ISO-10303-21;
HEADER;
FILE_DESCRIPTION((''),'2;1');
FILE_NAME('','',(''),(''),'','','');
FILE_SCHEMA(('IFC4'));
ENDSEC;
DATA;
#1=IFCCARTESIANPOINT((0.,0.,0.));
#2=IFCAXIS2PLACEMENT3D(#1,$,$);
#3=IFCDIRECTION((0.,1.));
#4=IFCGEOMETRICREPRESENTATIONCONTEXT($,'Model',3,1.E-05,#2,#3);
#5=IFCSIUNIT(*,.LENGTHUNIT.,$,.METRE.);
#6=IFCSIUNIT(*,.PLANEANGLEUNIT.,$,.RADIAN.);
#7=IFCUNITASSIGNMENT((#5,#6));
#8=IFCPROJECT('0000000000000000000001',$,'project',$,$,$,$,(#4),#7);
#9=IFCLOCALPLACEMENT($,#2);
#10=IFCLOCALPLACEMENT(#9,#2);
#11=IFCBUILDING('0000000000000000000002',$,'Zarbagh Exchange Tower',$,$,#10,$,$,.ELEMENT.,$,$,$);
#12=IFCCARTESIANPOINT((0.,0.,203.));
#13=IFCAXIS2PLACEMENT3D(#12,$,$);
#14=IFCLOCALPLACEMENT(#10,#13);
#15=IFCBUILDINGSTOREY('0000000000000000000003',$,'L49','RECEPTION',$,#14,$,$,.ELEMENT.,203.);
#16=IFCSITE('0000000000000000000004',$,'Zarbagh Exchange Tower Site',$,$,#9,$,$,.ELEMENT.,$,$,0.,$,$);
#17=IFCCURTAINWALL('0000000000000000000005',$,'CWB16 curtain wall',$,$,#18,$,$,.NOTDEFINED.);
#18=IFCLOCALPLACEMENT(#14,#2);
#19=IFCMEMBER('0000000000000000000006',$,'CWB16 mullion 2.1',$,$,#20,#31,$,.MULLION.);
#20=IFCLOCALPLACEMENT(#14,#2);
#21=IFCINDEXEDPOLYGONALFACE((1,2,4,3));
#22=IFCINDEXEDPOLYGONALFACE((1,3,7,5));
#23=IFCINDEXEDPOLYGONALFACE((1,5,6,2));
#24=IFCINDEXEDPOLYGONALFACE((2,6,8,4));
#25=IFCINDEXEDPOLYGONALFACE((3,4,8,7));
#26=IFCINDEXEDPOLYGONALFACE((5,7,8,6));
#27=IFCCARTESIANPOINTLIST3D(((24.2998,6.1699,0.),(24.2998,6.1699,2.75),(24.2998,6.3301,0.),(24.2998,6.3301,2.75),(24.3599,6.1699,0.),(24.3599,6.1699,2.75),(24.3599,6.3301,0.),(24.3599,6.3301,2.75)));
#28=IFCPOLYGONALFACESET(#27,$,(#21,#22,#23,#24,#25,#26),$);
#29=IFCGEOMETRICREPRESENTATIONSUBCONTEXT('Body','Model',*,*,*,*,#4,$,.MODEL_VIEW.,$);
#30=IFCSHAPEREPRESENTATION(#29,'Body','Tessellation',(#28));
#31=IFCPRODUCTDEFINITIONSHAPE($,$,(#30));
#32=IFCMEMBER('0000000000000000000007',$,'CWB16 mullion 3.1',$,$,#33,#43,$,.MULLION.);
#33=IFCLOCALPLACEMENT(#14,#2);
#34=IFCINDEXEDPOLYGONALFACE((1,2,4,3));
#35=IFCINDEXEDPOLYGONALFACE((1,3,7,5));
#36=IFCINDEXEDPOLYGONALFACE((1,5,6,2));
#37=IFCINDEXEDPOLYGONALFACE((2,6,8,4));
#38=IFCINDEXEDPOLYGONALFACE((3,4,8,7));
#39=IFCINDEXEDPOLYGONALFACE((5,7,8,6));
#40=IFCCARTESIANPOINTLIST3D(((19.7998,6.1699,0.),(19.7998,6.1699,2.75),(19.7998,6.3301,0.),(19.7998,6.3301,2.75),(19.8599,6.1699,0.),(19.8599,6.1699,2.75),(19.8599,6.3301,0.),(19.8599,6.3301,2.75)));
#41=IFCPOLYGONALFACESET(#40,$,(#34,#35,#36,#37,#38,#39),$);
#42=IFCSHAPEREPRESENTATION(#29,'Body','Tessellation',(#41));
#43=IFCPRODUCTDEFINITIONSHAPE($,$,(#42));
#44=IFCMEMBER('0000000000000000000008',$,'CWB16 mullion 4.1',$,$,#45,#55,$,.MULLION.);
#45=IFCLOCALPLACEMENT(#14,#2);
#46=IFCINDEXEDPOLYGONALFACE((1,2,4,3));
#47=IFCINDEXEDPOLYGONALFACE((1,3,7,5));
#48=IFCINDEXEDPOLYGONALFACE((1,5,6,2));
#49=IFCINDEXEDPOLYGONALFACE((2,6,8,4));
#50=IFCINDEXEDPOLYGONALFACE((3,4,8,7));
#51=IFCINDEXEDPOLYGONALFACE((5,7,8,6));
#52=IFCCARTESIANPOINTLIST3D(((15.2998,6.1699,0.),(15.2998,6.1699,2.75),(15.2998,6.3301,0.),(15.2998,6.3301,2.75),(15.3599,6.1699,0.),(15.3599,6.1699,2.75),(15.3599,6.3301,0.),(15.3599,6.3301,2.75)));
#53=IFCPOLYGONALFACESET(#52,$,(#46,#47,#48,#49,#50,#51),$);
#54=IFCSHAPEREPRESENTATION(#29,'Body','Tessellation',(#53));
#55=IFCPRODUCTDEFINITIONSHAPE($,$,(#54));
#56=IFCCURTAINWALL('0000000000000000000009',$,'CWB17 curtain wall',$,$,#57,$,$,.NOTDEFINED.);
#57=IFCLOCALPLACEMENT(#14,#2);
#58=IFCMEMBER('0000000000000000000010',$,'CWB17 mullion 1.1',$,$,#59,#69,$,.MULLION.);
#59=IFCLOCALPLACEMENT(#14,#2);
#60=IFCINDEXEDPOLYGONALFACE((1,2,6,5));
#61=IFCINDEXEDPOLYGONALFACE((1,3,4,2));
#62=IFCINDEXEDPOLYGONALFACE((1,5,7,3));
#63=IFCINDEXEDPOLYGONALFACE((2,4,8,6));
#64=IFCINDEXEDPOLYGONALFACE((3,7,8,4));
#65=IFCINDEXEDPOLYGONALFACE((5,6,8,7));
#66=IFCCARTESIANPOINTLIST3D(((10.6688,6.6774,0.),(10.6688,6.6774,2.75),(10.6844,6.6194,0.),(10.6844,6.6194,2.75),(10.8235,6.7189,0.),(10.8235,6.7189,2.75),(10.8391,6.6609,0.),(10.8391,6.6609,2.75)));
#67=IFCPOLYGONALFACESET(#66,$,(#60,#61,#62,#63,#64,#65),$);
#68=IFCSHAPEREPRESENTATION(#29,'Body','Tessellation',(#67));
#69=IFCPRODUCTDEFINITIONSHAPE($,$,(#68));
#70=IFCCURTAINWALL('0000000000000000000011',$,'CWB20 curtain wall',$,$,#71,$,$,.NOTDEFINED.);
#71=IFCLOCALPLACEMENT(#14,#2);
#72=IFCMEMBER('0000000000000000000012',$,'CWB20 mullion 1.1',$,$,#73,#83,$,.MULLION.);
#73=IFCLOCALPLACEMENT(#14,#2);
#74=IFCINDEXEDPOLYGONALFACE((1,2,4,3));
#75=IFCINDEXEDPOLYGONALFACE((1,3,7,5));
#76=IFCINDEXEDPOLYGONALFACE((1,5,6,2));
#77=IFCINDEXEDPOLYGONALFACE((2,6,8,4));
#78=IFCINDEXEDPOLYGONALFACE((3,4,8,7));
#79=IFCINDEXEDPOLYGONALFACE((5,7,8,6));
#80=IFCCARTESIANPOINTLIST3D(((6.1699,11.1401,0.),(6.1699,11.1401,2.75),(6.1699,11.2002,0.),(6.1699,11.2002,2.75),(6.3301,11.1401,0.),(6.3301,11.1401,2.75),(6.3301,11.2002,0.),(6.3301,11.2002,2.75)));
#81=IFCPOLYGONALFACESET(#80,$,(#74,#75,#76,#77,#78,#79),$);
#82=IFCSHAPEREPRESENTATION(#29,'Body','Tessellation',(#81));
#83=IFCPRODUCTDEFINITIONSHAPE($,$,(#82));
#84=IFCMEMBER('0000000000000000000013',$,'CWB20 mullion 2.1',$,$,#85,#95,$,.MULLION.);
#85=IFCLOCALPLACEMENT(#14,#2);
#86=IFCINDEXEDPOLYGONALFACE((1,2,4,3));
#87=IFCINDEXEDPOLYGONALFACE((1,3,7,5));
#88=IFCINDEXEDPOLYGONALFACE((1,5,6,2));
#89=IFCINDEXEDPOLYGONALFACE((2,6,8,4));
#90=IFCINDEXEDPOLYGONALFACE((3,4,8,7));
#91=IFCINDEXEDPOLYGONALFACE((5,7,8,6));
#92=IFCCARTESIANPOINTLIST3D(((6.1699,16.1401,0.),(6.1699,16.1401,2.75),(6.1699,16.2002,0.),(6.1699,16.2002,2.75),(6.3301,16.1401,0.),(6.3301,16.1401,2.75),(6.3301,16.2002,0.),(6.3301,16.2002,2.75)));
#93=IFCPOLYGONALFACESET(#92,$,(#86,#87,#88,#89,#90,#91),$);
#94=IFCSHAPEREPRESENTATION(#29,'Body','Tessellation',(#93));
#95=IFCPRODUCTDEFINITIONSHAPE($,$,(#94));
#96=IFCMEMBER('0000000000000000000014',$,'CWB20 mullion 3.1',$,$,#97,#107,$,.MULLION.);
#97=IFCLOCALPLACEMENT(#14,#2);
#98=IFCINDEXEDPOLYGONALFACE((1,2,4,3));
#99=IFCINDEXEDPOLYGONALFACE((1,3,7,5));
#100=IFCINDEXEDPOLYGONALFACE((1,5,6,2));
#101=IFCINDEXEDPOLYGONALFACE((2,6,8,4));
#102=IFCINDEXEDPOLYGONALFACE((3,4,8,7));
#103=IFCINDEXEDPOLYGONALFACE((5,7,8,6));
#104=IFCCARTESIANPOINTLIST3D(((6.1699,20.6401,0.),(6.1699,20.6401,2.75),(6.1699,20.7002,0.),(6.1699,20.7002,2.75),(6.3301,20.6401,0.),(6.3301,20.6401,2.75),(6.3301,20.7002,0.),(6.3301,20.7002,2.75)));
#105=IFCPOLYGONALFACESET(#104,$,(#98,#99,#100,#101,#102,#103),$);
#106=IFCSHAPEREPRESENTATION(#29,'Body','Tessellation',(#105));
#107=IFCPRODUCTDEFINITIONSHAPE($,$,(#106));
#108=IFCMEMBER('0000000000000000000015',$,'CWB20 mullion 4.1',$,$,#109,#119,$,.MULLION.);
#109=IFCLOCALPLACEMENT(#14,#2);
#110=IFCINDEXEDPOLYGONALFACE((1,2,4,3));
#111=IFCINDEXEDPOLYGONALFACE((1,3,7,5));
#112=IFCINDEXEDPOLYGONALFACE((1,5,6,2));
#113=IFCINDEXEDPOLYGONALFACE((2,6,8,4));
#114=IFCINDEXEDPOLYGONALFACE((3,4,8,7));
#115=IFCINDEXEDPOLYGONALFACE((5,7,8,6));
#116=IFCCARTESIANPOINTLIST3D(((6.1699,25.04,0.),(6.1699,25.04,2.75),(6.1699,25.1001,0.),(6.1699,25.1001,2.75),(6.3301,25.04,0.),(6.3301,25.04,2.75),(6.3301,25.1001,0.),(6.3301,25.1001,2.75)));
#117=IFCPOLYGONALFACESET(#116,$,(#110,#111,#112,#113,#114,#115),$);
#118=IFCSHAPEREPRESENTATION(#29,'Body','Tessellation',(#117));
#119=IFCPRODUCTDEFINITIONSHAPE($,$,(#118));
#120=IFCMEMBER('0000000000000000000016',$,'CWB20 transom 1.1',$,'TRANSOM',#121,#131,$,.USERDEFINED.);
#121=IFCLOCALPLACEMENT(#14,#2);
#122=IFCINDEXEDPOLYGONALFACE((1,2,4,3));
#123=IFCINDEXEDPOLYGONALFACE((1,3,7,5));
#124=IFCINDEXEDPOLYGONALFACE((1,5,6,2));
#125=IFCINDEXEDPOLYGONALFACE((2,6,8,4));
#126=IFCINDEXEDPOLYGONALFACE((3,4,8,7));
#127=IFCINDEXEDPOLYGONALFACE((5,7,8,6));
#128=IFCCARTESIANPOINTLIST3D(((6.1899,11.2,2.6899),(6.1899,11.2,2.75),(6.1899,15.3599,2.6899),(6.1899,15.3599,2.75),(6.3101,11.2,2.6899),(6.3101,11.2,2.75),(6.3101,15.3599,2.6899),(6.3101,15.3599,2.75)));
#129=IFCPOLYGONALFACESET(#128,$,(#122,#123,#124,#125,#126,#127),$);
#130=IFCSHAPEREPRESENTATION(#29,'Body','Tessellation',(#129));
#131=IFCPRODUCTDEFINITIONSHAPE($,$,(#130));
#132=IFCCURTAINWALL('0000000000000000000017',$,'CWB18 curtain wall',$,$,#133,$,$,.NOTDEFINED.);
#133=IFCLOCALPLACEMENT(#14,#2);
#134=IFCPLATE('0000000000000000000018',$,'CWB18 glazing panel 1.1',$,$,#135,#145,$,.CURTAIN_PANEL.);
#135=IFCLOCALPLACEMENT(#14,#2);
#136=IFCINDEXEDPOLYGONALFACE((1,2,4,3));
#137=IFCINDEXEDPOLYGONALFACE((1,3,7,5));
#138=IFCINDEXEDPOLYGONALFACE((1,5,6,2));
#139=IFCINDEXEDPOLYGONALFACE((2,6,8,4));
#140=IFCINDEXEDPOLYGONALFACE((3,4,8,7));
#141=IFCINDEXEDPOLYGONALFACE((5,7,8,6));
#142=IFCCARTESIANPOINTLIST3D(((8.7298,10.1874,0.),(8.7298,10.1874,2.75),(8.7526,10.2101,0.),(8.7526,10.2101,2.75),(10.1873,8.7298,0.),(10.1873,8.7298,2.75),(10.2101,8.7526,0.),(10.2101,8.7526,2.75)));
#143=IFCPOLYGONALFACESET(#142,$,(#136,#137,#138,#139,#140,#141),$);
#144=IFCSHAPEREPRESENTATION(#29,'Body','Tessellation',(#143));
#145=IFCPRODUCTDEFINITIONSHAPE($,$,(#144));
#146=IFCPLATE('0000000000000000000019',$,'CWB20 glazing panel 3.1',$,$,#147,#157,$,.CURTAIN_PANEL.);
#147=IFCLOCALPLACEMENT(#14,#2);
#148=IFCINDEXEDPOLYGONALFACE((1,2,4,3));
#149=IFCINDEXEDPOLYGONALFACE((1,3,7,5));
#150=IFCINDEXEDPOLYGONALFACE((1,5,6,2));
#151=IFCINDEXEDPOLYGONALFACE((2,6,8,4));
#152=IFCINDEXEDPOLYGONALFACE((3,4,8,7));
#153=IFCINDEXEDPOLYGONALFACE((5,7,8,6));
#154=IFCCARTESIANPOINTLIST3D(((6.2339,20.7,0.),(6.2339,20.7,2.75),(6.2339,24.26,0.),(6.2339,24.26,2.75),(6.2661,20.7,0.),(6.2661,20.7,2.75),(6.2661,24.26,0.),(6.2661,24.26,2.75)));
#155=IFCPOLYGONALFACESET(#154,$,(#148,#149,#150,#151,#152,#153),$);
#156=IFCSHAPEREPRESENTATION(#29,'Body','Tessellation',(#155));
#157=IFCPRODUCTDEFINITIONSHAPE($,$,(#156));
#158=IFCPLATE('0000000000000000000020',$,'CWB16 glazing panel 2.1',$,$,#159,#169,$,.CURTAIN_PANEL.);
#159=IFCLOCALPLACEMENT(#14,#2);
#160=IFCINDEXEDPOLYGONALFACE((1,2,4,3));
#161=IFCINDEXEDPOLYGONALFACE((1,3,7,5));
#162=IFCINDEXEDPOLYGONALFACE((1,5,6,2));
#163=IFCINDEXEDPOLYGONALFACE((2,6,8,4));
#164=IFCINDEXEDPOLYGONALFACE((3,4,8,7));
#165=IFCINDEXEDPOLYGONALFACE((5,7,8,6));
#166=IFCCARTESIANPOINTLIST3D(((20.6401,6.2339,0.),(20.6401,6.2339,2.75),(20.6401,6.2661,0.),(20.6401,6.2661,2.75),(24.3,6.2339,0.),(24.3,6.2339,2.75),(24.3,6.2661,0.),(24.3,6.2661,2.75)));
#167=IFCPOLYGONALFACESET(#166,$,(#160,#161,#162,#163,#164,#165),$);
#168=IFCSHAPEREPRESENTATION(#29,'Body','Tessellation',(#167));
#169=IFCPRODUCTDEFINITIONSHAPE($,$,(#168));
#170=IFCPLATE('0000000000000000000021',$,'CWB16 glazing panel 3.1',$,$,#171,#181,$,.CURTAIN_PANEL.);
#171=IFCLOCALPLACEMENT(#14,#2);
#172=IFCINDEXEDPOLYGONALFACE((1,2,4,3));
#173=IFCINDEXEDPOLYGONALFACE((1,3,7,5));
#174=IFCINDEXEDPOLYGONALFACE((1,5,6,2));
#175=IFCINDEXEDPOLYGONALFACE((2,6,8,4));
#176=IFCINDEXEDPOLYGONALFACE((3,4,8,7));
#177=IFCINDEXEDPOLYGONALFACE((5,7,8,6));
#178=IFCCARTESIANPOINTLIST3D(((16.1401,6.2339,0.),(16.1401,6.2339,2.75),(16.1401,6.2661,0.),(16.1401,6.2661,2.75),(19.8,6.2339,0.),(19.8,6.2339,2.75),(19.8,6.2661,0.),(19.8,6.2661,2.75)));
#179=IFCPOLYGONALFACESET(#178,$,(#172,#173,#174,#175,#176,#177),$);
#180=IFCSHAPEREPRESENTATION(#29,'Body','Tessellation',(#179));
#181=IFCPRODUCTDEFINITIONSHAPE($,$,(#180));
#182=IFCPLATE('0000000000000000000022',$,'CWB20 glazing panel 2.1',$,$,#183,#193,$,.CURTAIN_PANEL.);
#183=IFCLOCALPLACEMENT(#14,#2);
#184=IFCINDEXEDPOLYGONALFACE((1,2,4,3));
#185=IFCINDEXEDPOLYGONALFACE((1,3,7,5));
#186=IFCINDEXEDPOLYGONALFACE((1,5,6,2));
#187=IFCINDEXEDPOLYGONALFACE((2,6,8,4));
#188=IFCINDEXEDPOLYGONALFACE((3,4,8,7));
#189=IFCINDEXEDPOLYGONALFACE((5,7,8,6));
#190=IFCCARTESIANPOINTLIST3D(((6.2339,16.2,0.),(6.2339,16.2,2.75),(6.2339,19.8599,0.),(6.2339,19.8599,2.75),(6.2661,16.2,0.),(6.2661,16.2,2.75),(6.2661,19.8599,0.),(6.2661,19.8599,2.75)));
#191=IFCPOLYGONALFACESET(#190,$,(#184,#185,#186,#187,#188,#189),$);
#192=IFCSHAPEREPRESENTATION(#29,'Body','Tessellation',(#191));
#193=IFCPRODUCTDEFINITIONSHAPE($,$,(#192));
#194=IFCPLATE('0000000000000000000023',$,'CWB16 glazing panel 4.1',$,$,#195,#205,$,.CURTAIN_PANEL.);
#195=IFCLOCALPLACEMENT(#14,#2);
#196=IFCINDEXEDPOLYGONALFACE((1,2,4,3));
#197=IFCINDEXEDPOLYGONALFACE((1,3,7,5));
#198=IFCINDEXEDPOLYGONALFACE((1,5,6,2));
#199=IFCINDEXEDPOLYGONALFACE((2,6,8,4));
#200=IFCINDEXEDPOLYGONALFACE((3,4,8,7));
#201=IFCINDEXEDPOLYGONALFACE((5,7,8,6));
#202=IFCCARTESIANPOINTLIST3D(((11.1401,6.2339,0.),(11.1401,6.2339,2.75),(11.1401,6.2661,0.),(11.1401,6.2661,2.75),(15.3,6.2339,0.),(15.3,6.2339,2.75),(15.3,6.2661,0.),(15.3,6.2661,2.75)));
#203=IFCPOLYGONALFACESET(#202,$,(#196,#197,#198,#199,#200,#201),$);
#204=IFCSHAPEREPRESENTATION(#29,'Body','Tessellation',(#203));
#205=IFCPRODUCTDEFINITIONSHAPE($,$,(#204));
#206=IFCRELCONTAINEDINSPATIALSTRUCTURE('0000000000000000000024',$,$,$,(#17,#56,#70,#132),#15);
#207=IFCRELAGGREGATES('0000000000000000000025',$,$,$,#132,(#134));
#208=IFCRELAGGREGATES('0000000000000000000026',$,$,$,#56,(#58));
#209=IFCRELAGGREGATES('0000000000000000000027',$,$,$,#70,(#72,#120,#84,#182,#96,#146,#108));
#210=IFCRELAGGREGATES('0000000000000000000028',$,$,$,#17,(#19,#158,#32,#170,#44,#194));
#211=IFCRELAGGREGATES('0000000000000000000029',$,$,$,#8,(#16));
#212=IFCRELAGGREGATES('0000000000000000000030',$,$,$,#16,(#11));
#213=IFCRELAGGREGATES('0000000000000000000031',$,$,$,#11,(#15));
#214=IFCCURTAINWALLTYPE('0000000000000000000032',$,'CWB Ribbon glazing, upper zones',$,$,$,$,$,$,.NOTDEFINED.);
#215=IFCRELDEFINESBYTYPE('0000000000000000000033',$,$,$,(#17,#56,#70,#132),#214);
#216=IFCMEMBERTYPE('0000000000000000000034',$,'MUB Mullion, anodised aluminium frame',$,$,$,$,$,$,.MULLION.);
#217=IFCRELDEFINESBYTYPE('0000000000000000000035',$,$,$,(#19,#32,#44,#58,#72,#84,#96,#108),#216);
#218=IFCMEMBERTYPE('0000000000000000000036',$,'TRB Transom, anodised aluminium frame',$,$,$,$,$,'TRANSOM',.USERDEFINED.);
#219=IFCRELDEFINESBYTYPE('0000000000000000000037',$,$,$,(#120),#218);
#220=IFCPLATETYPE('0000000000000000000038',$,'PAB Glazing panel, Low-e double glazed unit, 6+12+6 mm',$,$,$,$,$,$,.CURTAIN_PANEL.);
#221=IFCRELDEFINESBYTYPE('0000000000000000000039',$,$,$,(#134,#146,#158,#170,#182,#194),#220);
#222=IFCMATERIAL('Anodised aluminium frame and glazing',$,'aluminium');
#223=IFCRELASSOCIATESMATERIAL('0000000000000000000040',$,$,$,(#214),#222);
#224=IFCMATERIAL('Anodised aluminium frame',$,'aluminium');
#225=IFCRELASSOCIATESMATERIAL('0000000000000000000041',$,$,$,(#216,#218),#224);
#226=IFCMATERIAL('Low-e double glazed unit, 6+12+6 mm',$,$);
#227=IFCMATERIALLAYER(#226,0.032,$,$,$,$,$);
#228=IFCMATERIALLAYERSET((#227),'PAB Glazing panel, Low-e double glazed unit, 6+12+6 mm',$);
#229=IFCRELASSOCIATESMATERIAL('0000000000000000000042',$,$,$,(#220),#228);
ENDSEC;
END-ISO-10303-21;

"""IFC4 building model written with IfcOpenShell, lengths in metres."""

from ifc_helpers import new_model, si_unit, direction, frame, origin, place, context, subcontext, project, spatial, polyline, outline, extrude, source, transform, mapped, material, layer, layer_set, type_object, element, aggregate, save


model = new_model("IFC4")

# Units and contexts
model_context = context("Model", 3, precision=1e-05, world=origin(), true_north=direction((0.0, 1.0)))
body_context = subcontext(model_context, "Body", "Model", "MODEL_VIEW")
ifc_project = project(units=[si_unit("LENGTHUNIT", "METRE"), si_unit("PLANEANGLEUNIT", "RADIAN")], contexts=[model_context])

# Site, building, storey
site_placement = place(None, origin())
site = spatial("IfcSite", under=ifc_project, at=site_placement, Name="Zarbagh Exchange Tower Site", CompositionType="ELEMENT", RefElevation=0.0)
building_placement = place(site_placement, origin())
building = spatial("IfcBuilding", under=site, at=building_placement, Name="Zarbagh Exchange Tower", CompositionType="ELEMENT")
storey_placement = place(building_placement, frame((0.0, 0.0, 203.0)))
storey = spatial("IfcBuildingStorey", under=building, at=storey_placement, Name="L49", Description="RECEPTION", CompositionType="ELEMENT", Elevation=203.0)

# Curtain wall, members
ifc_material_1 = material(Name="Anodised aluminium frame and glazing", Category="aluminium")
curtain_wall_type = type_object("IfcCurtainWallType", Name="CWB Ribbon glazing, upper zones", PredefinedType="NOTDEFINED", material=ifc_material_1)
curtain_wall_1_placement = place(storey_placement, origin())
curtain_wall_1 = element("IfcCurtainWall", 1, at=curtain_wall_1_placement, inside=storey, type_object=curtain_wall_type, Name="CWB16 curtain wall", PredefinedType="NOTDEFINED")
ifc_material_2 = material(Name="Anodised aluminium frame", Category="aluminium")
member_type_1 = type_object("IfcMemberType", Name="MUB Mullion, anodised aluminium frame", PredefinedType="MULLION", material=ifc_material_2)
shared_shape_1 = source(origin(), body_context, "Body", "SweptSolid", [
    extrude(outline(polyline([(0.0, -0.0801), (0.0601, -0.0801), (0.0601, 0.0801), (0.0, 0.0801), (0.0, -0.0801)])), origin(), (0.0, 0.0, 1.0), 2.75),
])
placement = place(storey_placement, origin())
member_1 = element("IfcMember", 2, at=placement, type_object=member_type_1, Name="CWB16 mullion 2.1", PredefinedType="MULLION", context=body_context, shape_type="MappedRepresentation", body=[
    mapped(shared_shape_1, transform((24.3599, 6.25, 0.0), x_axis=(-1.0, 0.0, 0.0), y_axis=(0.0, -1.0, 0.0), z_axis=(0.0, 0.0, 1.0))),
])
member_2 = element("IfcMember", 3, at=placement, type_object=member_type_1, Name="CWB16 mullion 3.1", PredefinedType="MULLION", context=body_context, shape_type="MappedRepresentation", body=[
    mapped(shared_shape_1, transform((19.8599, 6.25, 0.0), x_axis=(-1.0, 0.0, 0.0), y_axis=(0.0, -1.0, 0.0), z_axis=(0.0, 0.0, 1.0))),
])
member_3 = element("IfcMember", 4, at=placement, type_object=member_type_1, Name="CWB16 mullion 4.1", PredefinedType="MULLION", context=body_context, shape_type="MappedRepresentation", body=[
    mapped(shared_shape_1, transform((15.3599, 6.25, 0.0), x_axis=(-1.0, 0.0, 0.0), y_axis=(0.0, -1.0, 0.0), z_axis=(0.0, 0.0, 1.0))),
])

# Curtain wall, member
curtain_wall_2_placement = place(storey_placement, origin())
curtain_wall_2 = element("IfcCurtainWall", 5, at=curtain_wall_2_placement, inside=storey, type_object=curtain_wall_type, Name="CWB17 curtain wall", PredefinedType="NOTDEFINED")
member_4 = element("IfcMember", 6, at=placement, type_object=member_type_1, Name="CWB17 mullion 1.1", PredefinedType="MULLION", context=body_context, shape_type="MappedRepresentation", body=[
    mapped(shared_shape_1, transform((10.7617, 6.6401, 0.0), x_axis=(-0.258825, 0.965924, 0.0), y_axis=(-0.965924, -0.258825, 0.0), z_axis=(0.0, 0.0, 1.0))),
])

# Curtain wall, members
curtain_wall_3_placement = place(storey_placement, origin())
curtain_wall_3 = element("IfcCurtainWall", 7, at=curtain_wall_3_placement, inside=storey, type_object=curtain_wall_type, Name="CWB20 curtain wall", PredefinedType="NOTDEFINED")
member_5 = element("IfcMember", 8, at=placement, type_object=member_type_1, Name="CWB20 mullion 1.1", PredefinedType="MULLION", context=body_context, shape_type="MappedRepresentation", body=[
    mapped(shared_shape_1, transform((6.25, 11.1401, 0.0), x_axis=(0.0, 1.0, 0.0), y_axis=(-1.0, 0.0, 0.0), z_axis=(0.0, 0.0, 1.0))),
])
member_6 = element("IfcMember", 9, at=placement, type_object=member_type_1, Name="CWB20 mullion 2.1", PredefinedType="MULLION", context=body_context, shape_type="MappedRepresentation", body=[
    mapped(shared_shape_1, transform((6.25, 16.1401, 0.0), x_axis=(0.0, 1.0, 0.0), y_axis=(-1.0, 0.0, 0.0), z_axis=(0.0, 0.0, 1.0))),
])
member_7 = element("IfcMember", 10, at=placement, type_object=member_type_1, Name="CWB20 mullion 3.1", PredefinedType="MULLION", context=body_context, shape_type="MappedRepresentation", body=[
    mapped(shared_shape_1, transform((6.25, 20.6401, 0.0), x_axis=(0.0, 1.0, 0.0), y_axis=(-1.0, 0.0, 0.0), z_axis=(0.0, 0.0, 1.0))),
])
member_8 = element("IfcMember", 11, at=placement, type_object=member_type_1, Name="CWB20 mullion 4.1", PredefinedType="MULLION", context=body_context, shape_type="MappedRepresentation", body=[
    mapped(shared_shape_1, transform((6.25, 25.04, 0.0), x_axis=(0.0, 1.0, 0.0), y_axis=(-1.0, 0.0, 0.0), z_axis=(0.0, 0.0, 1.0))),
])
member_type_2 = type_object("IfcMemberType", Name="TRB Transom, anodised aluminium frame", ElementType="TRANSOM", PredefinedType="USERDEFINED", material=ifc_material_2)
shared_shape_2 = source(origin(), body_context, "Body", "SweptSolid", [
    extrude(outline(polyline([(-0.0601, -0.0601), (0.0, -0.0601), (0.0, 0.0601), (-0.0601, 0.0601), (-0.0601, -0.0601)])), origin(), (0.0, 0.0, 1.0), 4.1599),
])
member_9 = element("IfcMember", 12, at=placement, type_object=member_type_2, Name="CWB20 transom 1.1", ObjectType="TRANSOM", PredefinedType="USERDEFINED", context=body_context, shape_type="MappedRepresentation", body=[
    mapped(shared_shape_2, transform((6.25, 11.2, 2.75), x_axis=(0.0, 0.0, 1.0), y_axis=(1.0, 0.0, 0.0), z_axis=(0.0, 1.0, 0.0))),
])

# Curtain wall, plate
curtain_wall_4_placement = place(storey_placement, origin())
curtain_wall_4 = element("IfcCurtainWall", 13, at=curtain_wall_4_placement, inside=storey, type_object=curtain_wall_type, Name="CWB18 curtain wall", PredefinedType="NOTDEFINED")
ifc_material_3 = material(Name="Low-e double glazed unit, 6+12+6 mm")
ifc_layer_1 = layer(ifc_material_3, 0.032)
ifc_layer_set_1 = layer_set([ifc_layer_1], Name="PAB Glazing panel, Low-e double glazed unit, 6+12+6 mm")
plate_type = type_object("IfcPlateType", Name="PAB Glazing panel, Low-e double glazed unit, 6+12+6 mm", PredefinedType="CURTAIN_PANEL", material=ifc_layer_set_1)
shared_shape_3 = source(origin(), body_context, "Body", "SweptSolid", [
    extrude(outline(polyline([(0.0, -0.0161), (2.0613, -0.0161), (2.0613, 0.0161), (0.0, 0.0161), (0.0, -0.0161)])), origin(), (0.0, 0.0, 1.0), 2.75),
])
plate_1 = element("IfcPlate", 14, at=placement, type_object=plate_type, Name="CWB18 glazing panel 1.1", PredefinedType="CURTAIN_PANEL", context=body_context, shape_type="MappedRepresentation", body=[
    mapped(shared_shape_3, transform((10.1987, 8.7412, 0.0), x_axis=(-0.707107, 0.707107, 0.0), y_axis=(-0.707107, -0.707107, 0.0), z_axis=(0.0, 0.0, 1.0))),
])
aggregate(curtain_wall_4, [plate_1])

# Plates
shared_shape_4 = source(origin(), body_context, "Body", "SweptSolid", [
    extrude(outline(polyline([(0.0, -0.0161), (3.5601, -0.0161), (3.5601, 0.0161), (0.0, 0.0161), (0.0, -0.0161)])), origin(), (0.0, 0.0, 1.0), 2.75),
])
plate_2 = element("IfcPlate", 15, at=placement, type_object=plate_type, Name="CWB20 glazing panel 3.1", PredefinedType="CURTAIN_PANEL", context=body_context, shape_type="MappedRepresentation", body=[
    mapped(shared_shape_4, transform((6.25, 20.7, 0.0), x_axis=(0.0, 1.0, 0.0), y_axis=(-1.0, 0.0, 0.0), z_axis=(0.0, 0.0, 1.0))),
])
shared_shape_5 = source(origin(), body_context, "Body", "SweptSolid", [
    extrude(outline(polyline([(0.0, -0.0161), (3.6599, -0.0161), (3.6599, 0.0161), (0.0, 0.0161), (0.0, -0.0161)])), origin(), (0.0, 0.0, 1.0), 2.75),
])
plate_3 = element("IfcPlate", 16, at=placement, type_object=plate_type, Name="CWB16 glazing panel 2.1", PredefinedType="CURTAIN_PANEL", context=body_context, shape_type="MappedRepresentation", body=[
    mapped(shared_shape_5, transform((24.3, 6.25, 0.0), x_axis=(-1.0, 0.0, 0.0), y_axis=(0.0, -1.0, 0.0), z_axis=(0.0, 0.0, 1.0))),
])
plate_4 = element("IfcPlate", 17, at=placement, type_object=plate_type, Name="CWB16 glazing panel 3.1", PredefinedType="CURTAIN_PANEL", context=body_context, shape_type="MappedRepresentation", body=[
    mapped(shared_shape_5, transform((19.8, 6.25, 0.0), x_axis=(-1.0, 0.0, 0.0), y_axis=(0.0, -1.0, 0.0), z_axis=(0.0, 0.0, 1.0))),
])
plate_5 = element("IfcPlate", 18, at=placement, type_object=plate_type, Name="CWB20 glazing panel 2.1", PredefinedType="CURTAIN_PANEL", context=body_context, shape_type="MappedRepresentation", body=[
    mapped(shared_shape_5, transform((6.25, 16.2, 0.0), x_axis=(0.0, 1.0, 0.0), y_axis=(-1.0, 0.0, 0.0), z_axis=(0.0, 0.0, 1.0))),
])
shared_shape_6 = source(origin(), body_context, "Body", "SweptSolid", [
    extrude(outline(polyline([(0.0, -0.0161), (4.1599, -0.0161), (4.1599, 0.0161), (0.0, 0.0161), (0.0, -0.0161)])), origin(), (0.0, 0.0, 1.0), 2.75),
])
plate_6 = element("IfcPlate", 19, at=placement, type_object=plate_type, Name="CWB16 glazing panel 4.1", PredefinedType="CURTAIN_PANEL", context=body_context, shape_type="MappedRepresentation", body=[
    mapped(shared_shape_6, transform((15.3, 6.25, 0.0), x_axis=(-1.0, 0.0, 0.0), y_axis=(0.0, -1.0, 0.0), z_axis=(0.0, 0.0, 1.0))),
])
aggregate(curtain_wall_2, [member_4])

aggregate(curtain_wall_3, [member_5, member_9, member_6, plate_5, member_7, plate_2, member_8])
aggregate(curtain_wall_1, [member_1, plate_3, member_2, plate_4, member_3, plate_6])

save(model, "model.ifc")
